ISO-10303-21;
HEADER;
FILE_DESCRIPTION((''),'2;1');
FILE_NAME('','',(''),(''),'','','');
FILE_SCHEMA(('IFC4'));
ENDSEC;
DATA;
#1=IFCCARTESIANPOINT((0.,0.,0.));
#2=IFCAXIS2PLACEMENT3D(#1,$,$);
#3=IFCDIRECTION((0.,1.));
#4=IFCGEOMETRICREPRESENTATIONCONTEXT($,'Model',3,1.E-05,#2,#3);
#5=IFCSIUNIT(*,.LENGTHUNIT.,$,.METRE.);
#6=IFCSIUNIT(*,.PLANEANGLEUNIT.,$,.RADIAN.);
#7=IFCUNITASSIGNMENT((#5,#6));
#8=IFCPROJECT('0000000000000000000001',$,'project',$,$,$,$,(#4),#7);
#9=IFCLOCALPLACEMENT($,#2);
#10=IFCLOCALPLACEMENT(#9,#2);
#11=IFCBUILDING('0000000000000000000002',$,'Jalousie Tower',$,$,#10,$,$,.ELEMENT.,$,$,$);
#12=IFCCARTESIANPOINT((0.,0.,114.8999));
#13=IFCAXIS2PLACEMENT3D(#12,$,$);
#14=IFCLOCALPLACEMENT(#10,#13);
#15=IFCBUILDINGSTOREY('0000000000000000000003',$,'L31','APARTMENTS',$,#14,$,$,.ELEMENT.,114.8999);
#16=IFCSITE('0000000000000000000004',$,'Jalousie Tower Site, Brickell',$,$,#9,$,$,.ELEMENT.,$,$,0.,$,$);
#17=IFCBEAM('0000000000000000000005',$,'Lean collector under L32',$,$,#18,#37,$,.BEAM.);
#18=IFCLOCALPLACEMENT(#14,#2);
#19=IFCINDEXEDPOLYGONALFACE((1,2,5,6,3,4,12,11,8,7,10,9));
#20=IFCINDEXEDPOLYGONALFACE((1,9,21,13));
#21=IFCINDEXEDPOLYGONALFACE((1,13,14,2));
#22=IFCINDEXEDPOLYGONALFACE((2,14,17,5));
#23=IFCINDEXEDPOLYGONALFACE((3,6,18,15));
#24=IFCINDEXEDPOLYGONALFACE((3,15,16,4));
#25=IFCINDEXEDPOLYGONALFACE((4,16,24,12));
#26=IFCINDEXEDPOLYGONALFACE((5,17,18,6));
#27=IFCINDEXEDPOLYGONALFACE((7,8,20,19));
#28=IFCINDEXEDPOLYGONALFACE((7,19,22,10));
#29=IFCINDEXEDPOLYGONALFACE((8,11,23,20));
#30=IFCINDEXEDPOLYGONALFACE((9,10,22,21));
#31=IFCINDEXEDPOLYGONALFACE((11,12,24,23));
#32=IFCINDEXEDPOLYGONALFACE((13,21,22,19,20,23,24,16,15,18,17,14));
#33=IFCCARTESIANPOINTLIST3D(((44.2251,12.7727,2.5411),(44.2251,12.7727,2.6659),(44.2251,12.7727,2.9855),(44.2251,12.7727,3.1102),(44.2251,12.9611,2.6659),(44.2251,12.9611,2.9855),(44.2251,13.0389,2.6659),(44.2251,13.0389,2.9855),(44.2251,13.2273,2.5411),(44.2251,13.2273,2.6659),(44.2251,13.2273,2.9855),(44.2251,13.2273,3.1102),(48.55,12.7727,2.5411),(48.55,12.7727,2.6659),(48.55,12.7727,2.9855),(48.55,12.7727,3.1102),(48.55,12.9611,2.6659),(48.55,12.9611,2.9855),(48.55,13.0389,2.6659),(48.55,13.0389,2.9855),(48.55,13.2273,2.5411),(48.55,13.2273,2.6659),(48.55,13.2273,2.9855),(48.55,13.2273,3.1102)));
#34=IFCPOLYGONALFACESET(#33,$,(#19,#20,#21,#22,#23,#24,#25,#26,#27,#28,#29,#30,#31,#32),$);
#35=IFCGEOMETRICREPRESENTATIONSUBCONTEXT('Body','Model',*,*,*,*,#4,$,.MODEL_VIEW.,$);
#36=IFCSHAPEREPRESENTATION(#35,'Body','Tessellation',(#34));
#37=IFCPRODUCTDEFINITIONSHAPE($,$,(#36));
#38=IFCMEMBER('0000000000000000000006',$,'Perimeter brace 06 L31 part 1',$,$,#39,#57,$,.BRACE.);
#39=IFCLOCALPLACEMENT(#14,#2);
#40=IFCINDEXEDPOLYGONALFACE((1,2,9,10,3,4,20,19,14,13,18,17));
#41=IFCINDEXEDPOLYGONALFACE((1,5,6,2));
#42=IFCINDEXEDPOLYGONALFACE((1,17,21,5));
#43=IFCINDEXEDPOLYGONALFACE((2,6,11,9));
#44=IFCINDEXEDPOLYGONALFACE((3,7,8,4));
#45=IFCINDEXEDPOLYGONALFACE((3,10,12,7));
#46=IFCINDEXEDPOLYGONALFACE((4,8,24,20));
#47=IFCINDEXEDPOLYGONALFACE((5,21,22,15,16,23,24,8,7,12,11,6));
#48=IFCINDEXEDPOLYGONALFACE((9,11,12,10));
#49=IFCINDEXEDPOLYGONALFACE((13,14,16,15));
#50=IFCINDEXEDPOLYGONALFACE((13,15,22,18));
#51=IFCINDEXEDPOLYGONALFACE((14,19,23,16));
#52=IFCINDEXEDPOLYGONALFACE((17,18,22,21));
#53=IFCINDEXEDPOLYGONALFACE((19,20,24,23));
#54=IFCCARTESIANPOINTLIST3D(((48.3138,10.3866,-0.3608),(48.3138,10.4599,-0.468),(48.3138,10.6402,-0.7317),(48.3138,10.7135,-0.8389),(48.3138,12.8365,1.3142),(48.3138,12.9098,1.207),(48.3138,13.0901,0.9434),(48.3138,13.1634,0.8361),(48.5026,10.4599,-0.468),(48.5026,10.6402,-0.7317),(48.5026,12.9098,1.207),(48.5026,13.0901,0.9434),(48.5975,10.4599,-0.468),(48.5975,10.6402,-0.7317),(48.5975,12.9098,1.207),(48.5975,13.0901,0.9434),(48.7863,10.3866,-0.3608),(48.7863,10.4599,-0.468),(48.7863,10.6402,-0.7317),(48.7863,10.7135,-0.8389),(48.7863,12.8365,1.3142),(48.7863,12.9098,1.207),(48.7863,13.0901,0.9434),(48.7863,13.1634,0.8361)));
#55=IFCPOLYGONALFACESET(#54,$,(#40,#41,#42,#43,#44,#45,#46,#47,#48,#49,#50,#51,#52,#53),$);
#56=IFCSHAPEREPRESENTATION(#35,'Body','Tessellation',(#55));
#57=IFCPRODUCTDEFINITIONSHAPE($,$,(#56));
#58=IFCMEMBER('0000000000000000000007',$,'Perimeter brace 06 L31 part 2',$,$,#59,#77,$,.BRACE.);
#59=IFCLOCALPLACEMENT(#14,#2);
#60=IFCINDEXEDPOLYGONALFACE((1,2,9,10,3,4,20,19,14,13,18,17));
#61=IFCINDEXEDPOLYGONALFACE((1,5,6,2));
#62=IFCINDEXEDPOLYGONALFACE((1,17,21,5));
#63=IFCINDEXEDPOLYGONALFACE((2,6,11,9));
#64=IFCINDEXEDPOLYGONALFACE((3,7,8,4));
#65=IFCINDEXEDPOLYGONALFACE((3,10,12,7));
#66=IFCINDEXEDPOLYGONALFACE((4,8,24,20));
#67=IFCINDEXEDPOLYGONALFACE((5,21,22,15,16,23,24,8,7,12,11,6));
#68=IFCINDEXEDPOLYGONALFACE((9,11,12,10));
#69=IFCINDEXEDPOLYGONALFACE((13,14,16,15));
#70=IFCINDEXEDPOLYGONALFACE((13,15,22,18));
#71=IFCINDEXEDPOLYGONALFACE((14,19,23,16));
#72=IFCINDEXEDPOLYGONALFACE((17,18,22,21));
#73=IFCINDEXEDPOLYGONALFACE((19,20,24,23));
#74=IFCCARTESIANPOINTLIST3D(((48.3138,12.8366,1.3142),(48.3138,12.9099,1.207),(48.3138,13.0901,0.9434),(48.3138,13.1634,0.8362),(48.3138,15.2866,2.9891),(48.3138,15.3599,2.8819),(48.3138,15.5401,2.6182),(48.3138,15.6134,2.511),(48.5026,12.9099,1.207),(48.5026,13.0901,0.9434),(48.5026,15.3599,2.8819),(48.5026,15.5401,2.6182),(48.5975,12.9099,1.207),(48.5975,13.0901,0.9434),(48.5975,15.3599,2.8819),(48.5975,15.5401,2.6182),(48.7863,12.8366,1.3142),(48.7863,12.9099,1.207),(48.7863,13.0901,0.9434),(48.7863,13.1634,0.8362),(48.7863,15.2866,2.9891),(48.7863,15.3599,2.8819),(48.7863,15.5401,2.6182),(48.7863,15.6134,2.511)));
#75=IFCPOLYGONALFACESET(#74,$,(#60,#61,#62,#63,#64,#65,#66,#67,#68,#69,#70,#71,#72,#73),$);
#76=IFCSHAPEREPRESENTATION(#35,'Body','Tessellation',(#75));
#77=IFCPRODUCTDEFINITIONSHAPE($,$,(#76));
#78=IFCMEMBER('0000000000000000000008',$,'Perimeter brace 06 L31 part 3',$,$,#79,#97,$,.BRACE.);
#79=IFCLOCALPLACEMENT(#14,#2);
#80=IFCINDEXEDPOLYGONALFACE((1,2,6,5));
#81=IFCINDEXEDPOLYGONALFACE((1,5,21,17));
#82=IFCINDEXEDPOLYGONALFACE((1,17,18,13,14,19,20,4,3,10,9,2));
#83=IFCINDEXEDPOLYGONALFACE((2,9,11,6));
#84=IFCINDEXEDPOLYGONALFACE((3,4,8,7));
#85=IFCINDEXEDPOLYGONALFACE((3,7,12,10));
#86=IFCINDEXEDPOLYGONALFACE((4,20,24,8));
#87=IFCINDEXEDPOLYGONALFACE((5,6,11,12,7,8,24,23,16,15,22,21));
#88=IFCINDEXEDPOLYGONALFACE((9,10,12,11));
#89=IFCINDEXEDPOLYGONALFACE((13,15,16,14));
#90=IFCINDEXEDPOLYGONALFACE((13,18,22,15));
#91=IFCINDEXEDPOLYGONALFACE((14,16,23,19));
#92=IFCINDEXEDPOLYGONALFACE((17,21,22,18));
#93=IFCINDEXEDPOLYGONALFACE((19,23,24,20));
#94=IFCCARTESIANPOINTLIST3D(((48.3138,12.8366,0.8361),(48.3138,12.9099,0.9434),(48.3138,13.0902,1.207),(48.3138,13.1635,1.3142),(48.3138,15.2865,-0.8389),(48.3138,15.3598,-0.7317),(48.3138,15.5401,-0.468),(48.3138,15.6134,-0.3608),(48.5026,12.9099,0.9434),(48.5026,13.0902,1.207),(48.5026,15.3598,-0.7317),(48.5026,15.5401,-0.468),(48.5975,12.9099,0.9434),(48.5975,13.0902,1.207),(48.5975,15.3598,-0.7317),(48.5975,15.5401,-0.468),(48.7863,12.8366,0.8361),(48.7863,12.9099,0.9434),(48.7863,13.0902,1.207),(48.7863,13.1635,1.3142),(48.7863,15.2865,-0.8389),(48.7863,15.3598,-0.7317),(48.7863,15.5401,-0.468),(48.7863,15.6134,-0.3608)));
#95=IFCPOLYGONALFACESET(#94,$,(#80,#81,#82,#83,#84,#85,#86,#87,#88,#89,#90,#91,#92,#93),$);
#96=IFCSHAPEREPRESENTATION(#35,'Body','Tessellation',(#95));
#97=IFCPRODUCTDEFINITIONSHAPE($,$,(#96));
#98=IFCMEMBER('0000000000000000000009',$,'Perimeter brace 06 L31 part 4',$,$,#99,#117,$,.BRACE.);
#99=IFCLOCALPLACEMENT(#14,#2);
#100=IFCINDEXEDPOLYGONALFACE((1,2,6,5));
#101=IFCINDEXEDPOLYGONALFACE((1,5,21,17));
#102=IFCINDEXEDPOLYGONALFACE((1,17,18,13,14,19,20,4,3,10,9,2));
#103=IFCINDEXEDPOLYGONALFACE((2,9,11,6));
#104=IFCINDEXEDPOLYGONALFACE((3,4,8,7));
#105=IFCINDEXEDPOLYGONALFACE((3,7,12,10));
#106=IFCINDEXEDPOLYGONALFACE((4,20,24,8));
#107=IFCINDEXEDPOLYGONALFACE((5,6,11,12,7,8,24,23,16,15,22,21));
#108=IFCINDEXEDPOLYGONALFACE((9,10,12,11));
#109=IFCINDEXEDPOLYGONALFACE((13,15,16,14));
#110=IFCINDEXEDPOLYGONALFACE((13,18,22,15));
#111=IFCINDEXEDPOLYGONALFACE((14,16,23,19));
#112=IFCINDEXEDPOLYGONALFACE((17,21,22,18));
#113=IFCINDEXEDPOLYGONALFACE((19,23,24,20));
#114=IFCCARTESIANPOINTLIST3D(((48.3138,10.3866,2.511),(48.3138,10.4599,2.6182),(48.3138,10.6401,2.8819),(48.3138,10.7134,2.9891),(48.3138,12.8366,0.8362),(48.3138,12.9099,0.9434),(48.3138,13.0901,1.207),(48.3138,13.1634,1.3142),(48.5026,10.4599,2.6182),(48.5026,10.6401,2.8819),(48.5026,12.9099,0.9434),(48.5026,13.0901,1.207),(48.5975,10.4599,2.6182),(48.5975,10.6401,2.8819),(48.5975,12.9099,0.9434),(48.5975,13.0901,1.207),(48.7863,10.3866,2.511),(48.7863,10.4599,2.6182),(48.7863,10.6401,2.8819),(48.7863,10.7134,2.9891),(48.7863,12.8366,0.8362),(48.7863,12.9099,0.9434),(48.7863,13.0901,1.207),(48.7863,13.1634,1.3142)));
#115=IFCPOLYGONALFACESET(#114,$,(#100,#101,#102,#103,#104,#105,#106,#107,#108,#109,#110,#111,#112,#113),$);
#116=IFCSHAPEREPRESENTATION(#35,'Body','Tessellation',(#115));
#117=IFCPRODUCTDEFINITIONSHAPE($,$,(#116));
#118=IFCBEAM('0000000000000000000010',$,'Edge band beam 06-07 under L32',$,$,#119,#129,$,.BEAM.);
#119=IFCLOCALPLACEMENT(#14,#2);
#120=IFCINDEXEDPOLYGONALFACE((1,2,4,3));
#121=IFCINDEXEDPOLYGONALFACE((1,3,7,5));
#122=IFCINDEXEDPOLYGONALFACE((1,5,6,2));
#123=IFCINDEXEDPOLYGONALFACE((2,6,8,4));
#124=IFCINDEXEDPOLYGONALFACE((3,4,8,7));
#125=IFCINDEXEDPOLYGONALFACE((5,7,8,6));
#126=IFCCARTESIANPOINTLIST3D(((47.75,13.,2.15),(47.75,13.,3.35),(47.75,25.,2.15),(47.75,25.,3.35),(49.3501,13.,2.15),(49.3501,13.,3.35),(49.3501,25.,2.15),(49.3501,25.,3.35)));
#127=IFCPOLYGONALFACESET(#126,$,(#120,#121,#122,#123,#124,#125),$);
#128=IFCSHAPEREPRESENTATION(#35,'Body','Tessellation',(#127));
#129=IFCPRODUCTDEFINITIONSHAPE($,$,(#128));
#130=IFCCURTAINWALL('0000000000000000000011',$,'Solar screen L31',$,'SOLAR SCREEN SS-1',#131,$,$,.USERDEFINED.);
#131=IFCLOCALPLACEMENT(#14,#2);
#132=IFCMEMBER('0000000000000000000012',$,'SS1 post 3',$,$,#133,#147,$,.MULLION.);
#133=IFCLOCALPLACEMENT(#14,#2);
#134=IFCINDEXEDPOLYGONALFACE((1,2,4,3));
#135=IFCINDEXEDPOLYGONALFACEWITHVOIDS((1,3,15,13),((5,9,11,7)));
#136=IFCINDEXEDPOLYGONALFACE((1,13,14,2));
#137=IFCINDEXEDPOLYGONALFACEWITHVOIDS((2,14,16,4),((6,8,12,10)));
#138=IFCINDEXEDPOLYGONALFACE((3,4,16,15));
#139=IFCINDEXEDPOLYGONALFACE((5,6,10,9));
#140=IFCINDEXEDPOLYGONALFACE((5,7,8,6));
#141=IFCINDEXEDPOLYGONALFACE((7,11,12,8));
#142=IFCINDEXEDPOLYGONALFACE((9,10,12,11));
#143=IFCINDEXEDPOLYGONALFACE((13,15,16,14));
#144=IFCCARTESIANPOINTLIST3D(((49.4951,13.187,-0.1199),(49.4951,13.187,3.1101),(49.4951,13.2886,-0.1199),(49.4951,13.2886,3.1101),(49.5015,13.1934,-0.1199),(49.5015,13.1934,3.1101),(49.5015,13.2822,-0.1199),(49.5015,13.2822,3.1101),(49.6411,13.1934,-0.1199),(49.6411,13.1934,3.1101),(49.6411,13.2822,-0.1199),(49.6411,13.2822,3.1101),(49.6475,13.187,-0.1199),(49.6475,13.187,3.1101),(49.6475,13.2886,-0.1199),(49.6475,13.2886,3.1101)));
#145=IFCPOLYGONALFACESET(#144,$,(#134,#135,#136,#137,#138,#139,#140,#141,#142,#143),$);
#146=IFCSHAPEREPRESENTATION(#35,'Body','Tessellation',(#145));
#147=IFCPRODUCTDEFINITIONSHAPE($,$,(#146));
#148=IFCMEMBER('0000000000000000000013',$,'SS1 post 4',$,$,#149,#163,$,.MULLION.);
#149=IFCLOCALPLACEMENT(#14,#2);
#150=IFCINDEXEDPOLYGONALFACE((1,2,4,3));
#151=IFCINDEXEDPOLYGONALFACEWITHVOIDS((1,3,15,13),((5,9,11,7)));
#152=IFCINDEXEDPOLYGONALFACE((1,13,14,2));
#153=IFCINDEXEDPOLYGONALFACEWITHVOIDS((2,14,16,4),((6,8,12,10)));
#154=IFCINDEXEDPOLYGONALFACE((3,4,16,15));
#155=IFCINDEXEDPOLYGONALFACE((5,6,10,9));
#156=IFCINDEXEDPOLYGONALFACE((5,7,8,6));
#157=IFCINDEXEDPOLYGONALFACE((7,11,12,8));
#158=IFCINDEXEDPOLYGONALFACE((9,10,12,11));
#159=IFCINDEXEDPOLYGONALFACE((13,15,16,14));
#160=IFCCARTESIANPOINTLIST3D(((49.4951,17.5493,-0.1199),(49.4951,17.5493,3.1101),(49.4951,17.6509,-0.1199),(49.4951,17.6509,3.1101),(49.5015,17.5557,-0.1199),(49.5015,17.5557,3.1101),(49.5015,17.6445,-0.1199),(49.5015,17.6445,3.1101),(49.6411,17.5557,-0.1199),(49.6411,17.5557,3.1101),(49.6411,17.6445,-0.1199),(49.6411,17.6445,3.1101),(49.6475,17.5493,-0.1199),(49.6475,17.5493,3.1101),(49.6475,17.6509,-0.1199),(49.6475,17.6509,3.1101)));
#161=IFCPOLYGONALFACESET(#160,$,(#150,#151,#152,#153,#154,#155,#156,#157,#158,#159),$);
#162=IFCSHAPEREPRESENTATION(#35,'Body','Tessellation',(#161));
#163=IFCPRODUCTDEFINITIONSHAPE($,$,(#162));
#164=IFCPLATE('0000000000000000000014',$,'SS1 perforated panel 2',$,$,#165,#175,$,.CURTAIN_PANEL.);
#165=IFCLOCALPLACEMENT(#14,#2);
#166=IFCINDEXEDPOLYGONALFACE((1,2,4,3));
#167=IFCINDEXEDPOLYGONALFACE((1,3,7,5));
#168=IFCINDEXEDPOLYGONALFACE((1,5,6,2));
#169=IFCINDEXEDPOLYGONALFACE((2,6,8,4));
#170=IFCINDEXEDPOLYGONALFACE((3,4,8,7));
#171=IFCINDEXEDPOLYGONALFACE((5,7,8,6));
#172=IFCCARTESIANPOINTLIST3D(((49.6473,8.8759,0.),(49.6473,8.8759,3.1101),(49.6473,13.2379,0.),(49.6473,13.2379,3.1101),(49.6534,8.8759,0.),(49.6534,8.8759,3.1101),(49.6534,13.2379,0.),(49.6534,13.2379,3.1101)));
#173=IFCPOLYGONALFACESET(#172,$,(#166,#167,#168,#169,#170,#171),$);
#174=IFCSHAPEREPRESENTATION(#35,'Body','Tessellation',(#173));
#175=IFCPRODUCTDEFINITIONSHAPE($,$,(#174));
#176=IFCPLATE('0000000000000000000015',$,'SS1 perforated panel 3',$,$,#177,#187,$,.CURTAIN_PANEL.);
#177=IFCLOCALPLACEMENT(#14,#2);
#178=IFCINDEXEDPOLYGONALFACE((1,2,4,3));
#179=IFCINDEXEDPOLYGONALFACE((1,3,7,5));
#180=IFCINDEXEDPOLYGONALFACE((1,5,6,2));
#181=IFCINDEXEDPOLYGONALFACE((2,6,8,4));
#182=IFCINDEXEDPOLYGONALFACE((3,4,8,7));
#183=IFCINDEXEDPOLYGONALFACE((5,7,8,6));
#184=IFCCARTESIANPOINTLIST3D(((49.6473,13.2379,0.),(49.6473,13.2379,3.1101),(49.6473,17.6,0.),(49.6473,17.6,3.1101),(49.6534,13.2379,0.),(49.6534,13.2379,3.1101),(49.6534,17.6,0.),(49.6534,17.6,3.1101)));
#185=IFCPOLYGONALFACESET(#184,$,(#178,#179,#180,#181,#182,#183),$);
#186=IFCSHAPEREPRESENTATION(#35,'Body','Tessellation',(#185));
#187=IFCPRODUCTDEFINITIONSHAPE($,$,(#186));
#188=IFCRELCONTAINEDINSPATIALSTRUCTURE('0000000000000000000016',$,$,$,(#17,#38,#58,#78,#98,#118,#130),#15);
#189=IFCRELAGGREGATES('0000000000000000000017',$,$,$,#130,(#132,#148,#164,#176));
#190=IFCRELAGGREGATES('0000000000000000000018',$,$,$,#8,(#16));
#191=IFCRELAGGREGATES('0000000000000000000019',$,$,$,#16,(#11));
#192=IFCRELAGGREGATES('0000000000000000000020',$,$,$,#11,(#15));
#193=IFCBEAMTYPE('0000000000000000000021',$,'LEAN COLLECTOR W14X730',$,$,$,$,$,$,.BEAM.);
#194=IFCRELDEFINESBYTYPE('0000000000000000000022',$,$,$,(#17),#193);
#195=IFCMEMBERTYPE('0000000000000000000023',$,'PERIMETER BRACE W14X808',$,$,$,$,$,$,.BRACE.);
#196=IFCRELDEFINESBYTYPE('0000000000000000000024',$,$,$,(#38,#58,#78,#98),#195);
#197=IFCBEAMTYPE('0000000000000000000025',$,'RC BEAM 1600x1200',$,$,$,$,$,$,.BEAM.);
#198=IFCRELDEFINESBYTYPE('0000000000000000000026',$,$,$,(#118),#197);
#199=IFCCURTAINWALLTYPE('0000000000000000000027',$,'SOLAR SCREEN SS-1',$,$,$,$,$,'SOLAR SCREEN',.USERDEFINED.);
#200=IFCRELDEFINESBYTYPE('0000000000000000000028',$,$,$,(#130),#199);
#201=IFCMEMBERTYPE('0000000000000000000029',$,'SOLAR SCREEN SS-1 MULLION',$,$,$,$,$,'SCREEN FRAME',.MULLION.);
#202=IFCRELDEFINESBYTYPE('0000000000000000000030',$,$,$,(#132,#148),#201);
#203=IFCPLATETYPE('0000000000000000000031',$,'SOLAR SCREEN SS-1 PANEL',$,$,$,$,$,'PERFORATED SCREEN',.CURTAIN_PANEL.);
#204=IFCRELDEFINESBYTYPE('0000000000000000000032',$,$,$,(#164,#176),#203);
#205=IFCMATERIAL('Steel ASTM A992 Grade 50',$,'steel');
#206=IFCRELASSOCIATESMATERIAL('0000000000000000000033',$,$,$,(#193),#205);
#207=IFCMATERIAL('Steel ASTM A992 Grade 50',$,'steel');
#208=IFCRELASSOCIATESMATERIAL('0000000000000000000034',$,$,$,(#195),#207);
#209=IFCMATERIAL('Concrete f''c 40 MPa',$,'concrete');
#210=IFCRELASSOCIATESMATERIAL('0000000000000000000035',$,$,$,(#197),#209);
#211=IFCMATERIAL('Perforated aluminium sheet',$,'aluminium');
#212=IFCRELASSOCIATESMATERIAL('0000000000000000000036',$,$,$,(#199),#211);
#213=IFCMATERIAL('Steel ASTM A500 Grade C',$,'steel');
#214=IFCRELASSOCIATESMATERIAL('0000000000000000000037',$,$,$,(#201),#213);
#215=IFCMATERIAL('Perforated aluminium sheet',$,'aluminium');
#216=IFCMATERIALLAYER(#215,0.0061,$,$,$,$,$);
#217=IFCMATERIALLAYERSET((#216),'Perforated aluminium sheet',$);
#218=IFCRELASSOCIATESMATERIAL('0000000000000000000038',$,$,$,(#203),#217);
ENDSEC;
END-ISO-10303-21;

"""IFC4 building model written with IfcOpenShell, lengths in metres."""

from ifc_helpers import new_model, si_unit, direction, frame, origin, origin_2d, place, context, subcontext, project, spatial, rectangle, hollow_rectangle, i_section, extrude, material, layer, layer_set, material_profile, profile_set, type_object, element, aggregate, save


model = new_model("IFC4")

# Units and contexts
model_context = context("Model", 3, precision=1e-05, world=origin(), true_north=direction((0.0, 1.0)))
body_context = subcontext(model_context, "Body", "Model", "MODEL_VIEW")
ifc_project = project(units=[si_unit("LENGTHUNIT", "METRE"), si_unit("PLANEANGLEUNIT", "RADIAN")], contexts=[model_context])

# Site, building, storey
site_placement = place(None, origin())
site = spatial("IfcSite", under=ifc_project, at=site_placement, Name="Jalousie Tower Site, Brickell", CompositionType="ELEMENT", RefElevation=0.0)
building_placement = place(site_placement, origin())
building = spatial("IfcBuilding", under=site, at=building_placement, Name="Jalousie Tower", CompositionType="ELEMENT")
storey_placement = place(building_placement, frame((0.0, 0.0, 114.8999)))
storey = spatial("IfcBuildingStorey", under=building, at=storey_placement, Name="L31", Description="APARTMENTS", CompositionType="ELEMENT", Elevation=114.8999)

# Beam
ifc_material_1 = material(Name="Steel ASTM A992 Grade 50", Category="steel")
ifc_material_profile_1 = material_profile(ifc_material_1, i_section(OverallWidth=0.4546, OverallDepth=0.5691, WebThickness=0.0779, FlangeThickness=0.1248, at=origin_2d()), Name="W14X730")
ifc_profile_set_1 = profile_set([ifc_material_profile_1], Name="Steel ASTM A992 Grade 50")
beam_type_1 = type_object("IfcBeamType", Name="LEAN COLLECTOR W14X730", PredefinedType="BEAM", material=ifc_profile_set_1)
beam_1_placement = place(storey_placement, frame((48.55, 13.0, 2.8257), z_axis=(-1.0, 0.0, 0.0), x_axis=(0.0, -1.0, 0.0)))
element("IfcBeam", 1, at=beam_1_placement, inside=storey, type_object=beam_type_1, Name="Lean collector under L32", PredefinedType="BEAM", context=body_context, shape_type="SweptSolid", body=[
    extrude(i_section(OverallWidth=0.4546, OverallDepth=0.5691, WebThickness=0.0779, FlangeThickness=0.1248, at=origin_2d()), origin(), (0.0, 0.0, 1.0), 4.325),
])

# Members
ifc_material_2 = material(Name="Steel ASTM A992 Grade 50", Category="steel")
ifc_material_profile_2 = material_profile(ifc_material_2, i_section(OverallWidth=0.4724, OverallDepth=0.5791, WebThickness=0.095, FlangeThickness=0.1299, at=origin_2d()), Name="W14X808")
ifc_profile_set_2 = profile_set([ifc_material_profile_2], Name="Steel ASTM A992 Grade 50")
member_type_1 = type_object("IfcMemberType", Name="PERIMETER BRACE W14X808", PredefinedType="BRACE", material=ifc_profile_set_2)
for number, where, z_axis, x_axis, name in (
    (2, (48.55, 10.55, -0.5999), (0.0, 0.825501, 0.564401), (-1.0, 0.0, 0.0), "Perimeter brace 06 L31 part 1"),
    (3, (48.55, 13.0, 1.0752), (0.0, 0.825539, 0.564345), (-1.0, 0.0, 0.0), "Perimeter brace 06 L31 part 2"),
    (4, (48.55, 15.45, -0.5999), (0.0, -0.825501, 0.564401), (1.0, 0.0, 0.0), "Perimeter brace 06 L31 part 3"),
    (5, (48.55, 13.0, 1.0752), (0.0, -0.825539, 0.564345), (1.0, 0.0, 0.0), "Perimeter brace 06 L31 part 4"),
):
    element("IfcMember", number, at=place(storey_placement, frame(where, z_axis=z_axis, x_axis=x_axis)), inside=storey, type_object=member_type_1, Name=name, PredefinedType="BRACE", context=body_context, shape_type="SweptSolid", body=[
        extrude(i_section(OverallWidth=0.4724, OverallDepth=0.5791, WebThickness=0.095, FlangeThickness=0.1299, at=origin_2d()), origin(), (0.0, 0.0, 1.0), 2.9678),
    ])

# Beam
ifc_material_3 = material(Name="Concrete f'c 40 MPa", Category="concrete")
ifc_material_profile_3 = material_profile(ifc_material_3, rectangle(XDim=1.6001, YDim=1.2, at=origin_2d()), Name="RC 1600x1200")
ifc_profile_set_3 = profile_set([ifc_material_profile_3], Name="Concrete f'c 40 MPa")
beam_type_2 = type_object("IfcBeamType", Name="RC BEAM 1600x1200", PredefinedType="BEAM", material=ifc_profile_set_3)
beam_2_placement = place(storey_placement, frame((48.55, 13.0, 2.75), z_axis=(0.0, 1.0, 0.0), x_axis=(-1.0, 0.0, 0.0)))
element("IfcBeam", 6, at=beam_2_placement, inside=storey, type_object=beam_type_2, Name="Edge band beam 06-07 under L32", PredefinedType="BEAM", context=body_context, shape_type="SweptSolid", body=[
    extrude(rectangle(XDim=1.6001, YDim=1.2, at=origin_2d()), origin(), (0.0, 0.0, 1.0), 12.0),
])

# Curtain wall, members, plates
ifc_material_4 = material(Name="Perforated aluminium sheet", Category="aluminium")
curtain_wall_type = type_object("IfcCurtainWallType", Name="SOLAR SCREEN SS-1", ElementType="SOLAR SCREEN", PredefinedType="USERDEFINED", material=ifc_material_4)
curtain_wall_placement = place(storey_placement, origin())
curtain_wall = element("IfcCurtainWall", 7, at=curtain_wall_placement, inside=storey, type_object=curtain_wall_type, Name="Solar screen L31", ObjectType="SOLAR SCREEN SS-1", PredefinedType="USERDEFINED")
ifc_material_5 = material(Name="Steel ASTM A500 Grade C", Category="steel")
ifc_material_profile_4 = material_profile(ifc_material_5, hollow_rectangle(XDim=0.1016, YDim=0.1523, WallThickness=0.0063, at=origin_2d()), Name="HSS6X4X1/4")
ifc_profile_set_4 = profile_set([ifc_material_profile_4], Name="Steel ASTM A500 Grade C")
member_type_2 = type_object("IfcMemberType", Name="SOLAR SCREEN SS-1 MULLION", ElementType="SCREEN FRAME", PredefinedType="MULLION", material=ifc_profile_set_4)
member_1_placement = place(storey_placement, frame((49.5713, 13.2378, -0.1199), z_axis=(0.0, 0.0, 1.0), x_axis=(0.0, 1.0, 0.0)))
member_1 = element("IfcMember", 8, at=member_1_placement, type_object=member_type_2, Name="SS1 post 3", PredefinedType="MULLION", context=body_context, shape_type="SweptSolid", body=[
    extrude(hollow_rectangle(XDim=0.1016, YDim=0.1523, WallThickness=0.0063, at=origin_2d()), origin(), (0.0, 0.0, 1.0), 3.23),
])
member_2_placement = place(storey_placement, frame((49.5713, 17.6001, -0.1199), z_axis=(0.0, 0.0, 1.0), x_axis=(0.0, 1.0, 0.0)))
member_2 = element("IfcMember", 9, at=member_2_placement, type_object=member_type_2, Name="SS1 post 4", PredefinedType="MULLION", context=body_context, shape_type="SweptSolid", body=[
    extrude(hollow_rectangle(XDim=0.1016, YDim=0.1523, WallThickness=0.0063, at=origin_2d()), origin(), (0.0, 0.0, 1.0), 3.23),
])
ifc_material_6 = material(Name="Perforated aluminium sheet", Category="aluminium")
ifc_layer_1 = layer(ifc_material_6, 0.0061)
ifc_layer_set_1 = layer_set([ifc_layer_1], Name="Perforated aluminium sheet")
plate_type = type_object("IfcPlateType", Name="SOLAR SCREEN SS-1 PANEL", ElementType="PERFORATED SCREEN", PredefinedType="CURTAIN_PANEL", material=ifc_layer_set_1)
plate_1_placement = place(storey_placement, frame((49.6504, 11.0569, 0.0), z_axis=(0.0, 0.0, 1.0), x_axis=(0.0, 1.0, 0.0)))
plate_1 = element("IfcPlate", 10, at=plate_1_placement, type_object=plate_type, Name="SS1 perforated panel 2", PredefinedType="CURTAIN_PANEL", context=body_context, shape_type="SweptSolid", body=[
    extrude(rectangle(XDim=4.3621, YDim=0.0061, at=origin_2d()), origin(), (0.0, 0.0, 1.0), 3.1101),
])
plate_2_placement = place(storey_placement, frame((49.6504, 15.4189, 0.0), z_axis=(0.0, 0.0, 1.0), x_axis=(0.0, 1.0, 0.0)))
plate_2 = element("IfcPlate", 11, at=plate_2_placement, type_object=plate_type, Name="SS1 perforated panel 3", PredefinedType="CURTAIN_PANEL", context=body_context, shape_type="SweptSolid", body=[
    extrude(rectangle(XDim=4.3621, YDim=0.0061, at=origin_2d()), origin(), (0.0, 0.0, 1.0), 3.1101),
])
aggregate(curtain_wall, [member_1, member_2, plate_1, plate_2])

save(model, "model.ifc")
